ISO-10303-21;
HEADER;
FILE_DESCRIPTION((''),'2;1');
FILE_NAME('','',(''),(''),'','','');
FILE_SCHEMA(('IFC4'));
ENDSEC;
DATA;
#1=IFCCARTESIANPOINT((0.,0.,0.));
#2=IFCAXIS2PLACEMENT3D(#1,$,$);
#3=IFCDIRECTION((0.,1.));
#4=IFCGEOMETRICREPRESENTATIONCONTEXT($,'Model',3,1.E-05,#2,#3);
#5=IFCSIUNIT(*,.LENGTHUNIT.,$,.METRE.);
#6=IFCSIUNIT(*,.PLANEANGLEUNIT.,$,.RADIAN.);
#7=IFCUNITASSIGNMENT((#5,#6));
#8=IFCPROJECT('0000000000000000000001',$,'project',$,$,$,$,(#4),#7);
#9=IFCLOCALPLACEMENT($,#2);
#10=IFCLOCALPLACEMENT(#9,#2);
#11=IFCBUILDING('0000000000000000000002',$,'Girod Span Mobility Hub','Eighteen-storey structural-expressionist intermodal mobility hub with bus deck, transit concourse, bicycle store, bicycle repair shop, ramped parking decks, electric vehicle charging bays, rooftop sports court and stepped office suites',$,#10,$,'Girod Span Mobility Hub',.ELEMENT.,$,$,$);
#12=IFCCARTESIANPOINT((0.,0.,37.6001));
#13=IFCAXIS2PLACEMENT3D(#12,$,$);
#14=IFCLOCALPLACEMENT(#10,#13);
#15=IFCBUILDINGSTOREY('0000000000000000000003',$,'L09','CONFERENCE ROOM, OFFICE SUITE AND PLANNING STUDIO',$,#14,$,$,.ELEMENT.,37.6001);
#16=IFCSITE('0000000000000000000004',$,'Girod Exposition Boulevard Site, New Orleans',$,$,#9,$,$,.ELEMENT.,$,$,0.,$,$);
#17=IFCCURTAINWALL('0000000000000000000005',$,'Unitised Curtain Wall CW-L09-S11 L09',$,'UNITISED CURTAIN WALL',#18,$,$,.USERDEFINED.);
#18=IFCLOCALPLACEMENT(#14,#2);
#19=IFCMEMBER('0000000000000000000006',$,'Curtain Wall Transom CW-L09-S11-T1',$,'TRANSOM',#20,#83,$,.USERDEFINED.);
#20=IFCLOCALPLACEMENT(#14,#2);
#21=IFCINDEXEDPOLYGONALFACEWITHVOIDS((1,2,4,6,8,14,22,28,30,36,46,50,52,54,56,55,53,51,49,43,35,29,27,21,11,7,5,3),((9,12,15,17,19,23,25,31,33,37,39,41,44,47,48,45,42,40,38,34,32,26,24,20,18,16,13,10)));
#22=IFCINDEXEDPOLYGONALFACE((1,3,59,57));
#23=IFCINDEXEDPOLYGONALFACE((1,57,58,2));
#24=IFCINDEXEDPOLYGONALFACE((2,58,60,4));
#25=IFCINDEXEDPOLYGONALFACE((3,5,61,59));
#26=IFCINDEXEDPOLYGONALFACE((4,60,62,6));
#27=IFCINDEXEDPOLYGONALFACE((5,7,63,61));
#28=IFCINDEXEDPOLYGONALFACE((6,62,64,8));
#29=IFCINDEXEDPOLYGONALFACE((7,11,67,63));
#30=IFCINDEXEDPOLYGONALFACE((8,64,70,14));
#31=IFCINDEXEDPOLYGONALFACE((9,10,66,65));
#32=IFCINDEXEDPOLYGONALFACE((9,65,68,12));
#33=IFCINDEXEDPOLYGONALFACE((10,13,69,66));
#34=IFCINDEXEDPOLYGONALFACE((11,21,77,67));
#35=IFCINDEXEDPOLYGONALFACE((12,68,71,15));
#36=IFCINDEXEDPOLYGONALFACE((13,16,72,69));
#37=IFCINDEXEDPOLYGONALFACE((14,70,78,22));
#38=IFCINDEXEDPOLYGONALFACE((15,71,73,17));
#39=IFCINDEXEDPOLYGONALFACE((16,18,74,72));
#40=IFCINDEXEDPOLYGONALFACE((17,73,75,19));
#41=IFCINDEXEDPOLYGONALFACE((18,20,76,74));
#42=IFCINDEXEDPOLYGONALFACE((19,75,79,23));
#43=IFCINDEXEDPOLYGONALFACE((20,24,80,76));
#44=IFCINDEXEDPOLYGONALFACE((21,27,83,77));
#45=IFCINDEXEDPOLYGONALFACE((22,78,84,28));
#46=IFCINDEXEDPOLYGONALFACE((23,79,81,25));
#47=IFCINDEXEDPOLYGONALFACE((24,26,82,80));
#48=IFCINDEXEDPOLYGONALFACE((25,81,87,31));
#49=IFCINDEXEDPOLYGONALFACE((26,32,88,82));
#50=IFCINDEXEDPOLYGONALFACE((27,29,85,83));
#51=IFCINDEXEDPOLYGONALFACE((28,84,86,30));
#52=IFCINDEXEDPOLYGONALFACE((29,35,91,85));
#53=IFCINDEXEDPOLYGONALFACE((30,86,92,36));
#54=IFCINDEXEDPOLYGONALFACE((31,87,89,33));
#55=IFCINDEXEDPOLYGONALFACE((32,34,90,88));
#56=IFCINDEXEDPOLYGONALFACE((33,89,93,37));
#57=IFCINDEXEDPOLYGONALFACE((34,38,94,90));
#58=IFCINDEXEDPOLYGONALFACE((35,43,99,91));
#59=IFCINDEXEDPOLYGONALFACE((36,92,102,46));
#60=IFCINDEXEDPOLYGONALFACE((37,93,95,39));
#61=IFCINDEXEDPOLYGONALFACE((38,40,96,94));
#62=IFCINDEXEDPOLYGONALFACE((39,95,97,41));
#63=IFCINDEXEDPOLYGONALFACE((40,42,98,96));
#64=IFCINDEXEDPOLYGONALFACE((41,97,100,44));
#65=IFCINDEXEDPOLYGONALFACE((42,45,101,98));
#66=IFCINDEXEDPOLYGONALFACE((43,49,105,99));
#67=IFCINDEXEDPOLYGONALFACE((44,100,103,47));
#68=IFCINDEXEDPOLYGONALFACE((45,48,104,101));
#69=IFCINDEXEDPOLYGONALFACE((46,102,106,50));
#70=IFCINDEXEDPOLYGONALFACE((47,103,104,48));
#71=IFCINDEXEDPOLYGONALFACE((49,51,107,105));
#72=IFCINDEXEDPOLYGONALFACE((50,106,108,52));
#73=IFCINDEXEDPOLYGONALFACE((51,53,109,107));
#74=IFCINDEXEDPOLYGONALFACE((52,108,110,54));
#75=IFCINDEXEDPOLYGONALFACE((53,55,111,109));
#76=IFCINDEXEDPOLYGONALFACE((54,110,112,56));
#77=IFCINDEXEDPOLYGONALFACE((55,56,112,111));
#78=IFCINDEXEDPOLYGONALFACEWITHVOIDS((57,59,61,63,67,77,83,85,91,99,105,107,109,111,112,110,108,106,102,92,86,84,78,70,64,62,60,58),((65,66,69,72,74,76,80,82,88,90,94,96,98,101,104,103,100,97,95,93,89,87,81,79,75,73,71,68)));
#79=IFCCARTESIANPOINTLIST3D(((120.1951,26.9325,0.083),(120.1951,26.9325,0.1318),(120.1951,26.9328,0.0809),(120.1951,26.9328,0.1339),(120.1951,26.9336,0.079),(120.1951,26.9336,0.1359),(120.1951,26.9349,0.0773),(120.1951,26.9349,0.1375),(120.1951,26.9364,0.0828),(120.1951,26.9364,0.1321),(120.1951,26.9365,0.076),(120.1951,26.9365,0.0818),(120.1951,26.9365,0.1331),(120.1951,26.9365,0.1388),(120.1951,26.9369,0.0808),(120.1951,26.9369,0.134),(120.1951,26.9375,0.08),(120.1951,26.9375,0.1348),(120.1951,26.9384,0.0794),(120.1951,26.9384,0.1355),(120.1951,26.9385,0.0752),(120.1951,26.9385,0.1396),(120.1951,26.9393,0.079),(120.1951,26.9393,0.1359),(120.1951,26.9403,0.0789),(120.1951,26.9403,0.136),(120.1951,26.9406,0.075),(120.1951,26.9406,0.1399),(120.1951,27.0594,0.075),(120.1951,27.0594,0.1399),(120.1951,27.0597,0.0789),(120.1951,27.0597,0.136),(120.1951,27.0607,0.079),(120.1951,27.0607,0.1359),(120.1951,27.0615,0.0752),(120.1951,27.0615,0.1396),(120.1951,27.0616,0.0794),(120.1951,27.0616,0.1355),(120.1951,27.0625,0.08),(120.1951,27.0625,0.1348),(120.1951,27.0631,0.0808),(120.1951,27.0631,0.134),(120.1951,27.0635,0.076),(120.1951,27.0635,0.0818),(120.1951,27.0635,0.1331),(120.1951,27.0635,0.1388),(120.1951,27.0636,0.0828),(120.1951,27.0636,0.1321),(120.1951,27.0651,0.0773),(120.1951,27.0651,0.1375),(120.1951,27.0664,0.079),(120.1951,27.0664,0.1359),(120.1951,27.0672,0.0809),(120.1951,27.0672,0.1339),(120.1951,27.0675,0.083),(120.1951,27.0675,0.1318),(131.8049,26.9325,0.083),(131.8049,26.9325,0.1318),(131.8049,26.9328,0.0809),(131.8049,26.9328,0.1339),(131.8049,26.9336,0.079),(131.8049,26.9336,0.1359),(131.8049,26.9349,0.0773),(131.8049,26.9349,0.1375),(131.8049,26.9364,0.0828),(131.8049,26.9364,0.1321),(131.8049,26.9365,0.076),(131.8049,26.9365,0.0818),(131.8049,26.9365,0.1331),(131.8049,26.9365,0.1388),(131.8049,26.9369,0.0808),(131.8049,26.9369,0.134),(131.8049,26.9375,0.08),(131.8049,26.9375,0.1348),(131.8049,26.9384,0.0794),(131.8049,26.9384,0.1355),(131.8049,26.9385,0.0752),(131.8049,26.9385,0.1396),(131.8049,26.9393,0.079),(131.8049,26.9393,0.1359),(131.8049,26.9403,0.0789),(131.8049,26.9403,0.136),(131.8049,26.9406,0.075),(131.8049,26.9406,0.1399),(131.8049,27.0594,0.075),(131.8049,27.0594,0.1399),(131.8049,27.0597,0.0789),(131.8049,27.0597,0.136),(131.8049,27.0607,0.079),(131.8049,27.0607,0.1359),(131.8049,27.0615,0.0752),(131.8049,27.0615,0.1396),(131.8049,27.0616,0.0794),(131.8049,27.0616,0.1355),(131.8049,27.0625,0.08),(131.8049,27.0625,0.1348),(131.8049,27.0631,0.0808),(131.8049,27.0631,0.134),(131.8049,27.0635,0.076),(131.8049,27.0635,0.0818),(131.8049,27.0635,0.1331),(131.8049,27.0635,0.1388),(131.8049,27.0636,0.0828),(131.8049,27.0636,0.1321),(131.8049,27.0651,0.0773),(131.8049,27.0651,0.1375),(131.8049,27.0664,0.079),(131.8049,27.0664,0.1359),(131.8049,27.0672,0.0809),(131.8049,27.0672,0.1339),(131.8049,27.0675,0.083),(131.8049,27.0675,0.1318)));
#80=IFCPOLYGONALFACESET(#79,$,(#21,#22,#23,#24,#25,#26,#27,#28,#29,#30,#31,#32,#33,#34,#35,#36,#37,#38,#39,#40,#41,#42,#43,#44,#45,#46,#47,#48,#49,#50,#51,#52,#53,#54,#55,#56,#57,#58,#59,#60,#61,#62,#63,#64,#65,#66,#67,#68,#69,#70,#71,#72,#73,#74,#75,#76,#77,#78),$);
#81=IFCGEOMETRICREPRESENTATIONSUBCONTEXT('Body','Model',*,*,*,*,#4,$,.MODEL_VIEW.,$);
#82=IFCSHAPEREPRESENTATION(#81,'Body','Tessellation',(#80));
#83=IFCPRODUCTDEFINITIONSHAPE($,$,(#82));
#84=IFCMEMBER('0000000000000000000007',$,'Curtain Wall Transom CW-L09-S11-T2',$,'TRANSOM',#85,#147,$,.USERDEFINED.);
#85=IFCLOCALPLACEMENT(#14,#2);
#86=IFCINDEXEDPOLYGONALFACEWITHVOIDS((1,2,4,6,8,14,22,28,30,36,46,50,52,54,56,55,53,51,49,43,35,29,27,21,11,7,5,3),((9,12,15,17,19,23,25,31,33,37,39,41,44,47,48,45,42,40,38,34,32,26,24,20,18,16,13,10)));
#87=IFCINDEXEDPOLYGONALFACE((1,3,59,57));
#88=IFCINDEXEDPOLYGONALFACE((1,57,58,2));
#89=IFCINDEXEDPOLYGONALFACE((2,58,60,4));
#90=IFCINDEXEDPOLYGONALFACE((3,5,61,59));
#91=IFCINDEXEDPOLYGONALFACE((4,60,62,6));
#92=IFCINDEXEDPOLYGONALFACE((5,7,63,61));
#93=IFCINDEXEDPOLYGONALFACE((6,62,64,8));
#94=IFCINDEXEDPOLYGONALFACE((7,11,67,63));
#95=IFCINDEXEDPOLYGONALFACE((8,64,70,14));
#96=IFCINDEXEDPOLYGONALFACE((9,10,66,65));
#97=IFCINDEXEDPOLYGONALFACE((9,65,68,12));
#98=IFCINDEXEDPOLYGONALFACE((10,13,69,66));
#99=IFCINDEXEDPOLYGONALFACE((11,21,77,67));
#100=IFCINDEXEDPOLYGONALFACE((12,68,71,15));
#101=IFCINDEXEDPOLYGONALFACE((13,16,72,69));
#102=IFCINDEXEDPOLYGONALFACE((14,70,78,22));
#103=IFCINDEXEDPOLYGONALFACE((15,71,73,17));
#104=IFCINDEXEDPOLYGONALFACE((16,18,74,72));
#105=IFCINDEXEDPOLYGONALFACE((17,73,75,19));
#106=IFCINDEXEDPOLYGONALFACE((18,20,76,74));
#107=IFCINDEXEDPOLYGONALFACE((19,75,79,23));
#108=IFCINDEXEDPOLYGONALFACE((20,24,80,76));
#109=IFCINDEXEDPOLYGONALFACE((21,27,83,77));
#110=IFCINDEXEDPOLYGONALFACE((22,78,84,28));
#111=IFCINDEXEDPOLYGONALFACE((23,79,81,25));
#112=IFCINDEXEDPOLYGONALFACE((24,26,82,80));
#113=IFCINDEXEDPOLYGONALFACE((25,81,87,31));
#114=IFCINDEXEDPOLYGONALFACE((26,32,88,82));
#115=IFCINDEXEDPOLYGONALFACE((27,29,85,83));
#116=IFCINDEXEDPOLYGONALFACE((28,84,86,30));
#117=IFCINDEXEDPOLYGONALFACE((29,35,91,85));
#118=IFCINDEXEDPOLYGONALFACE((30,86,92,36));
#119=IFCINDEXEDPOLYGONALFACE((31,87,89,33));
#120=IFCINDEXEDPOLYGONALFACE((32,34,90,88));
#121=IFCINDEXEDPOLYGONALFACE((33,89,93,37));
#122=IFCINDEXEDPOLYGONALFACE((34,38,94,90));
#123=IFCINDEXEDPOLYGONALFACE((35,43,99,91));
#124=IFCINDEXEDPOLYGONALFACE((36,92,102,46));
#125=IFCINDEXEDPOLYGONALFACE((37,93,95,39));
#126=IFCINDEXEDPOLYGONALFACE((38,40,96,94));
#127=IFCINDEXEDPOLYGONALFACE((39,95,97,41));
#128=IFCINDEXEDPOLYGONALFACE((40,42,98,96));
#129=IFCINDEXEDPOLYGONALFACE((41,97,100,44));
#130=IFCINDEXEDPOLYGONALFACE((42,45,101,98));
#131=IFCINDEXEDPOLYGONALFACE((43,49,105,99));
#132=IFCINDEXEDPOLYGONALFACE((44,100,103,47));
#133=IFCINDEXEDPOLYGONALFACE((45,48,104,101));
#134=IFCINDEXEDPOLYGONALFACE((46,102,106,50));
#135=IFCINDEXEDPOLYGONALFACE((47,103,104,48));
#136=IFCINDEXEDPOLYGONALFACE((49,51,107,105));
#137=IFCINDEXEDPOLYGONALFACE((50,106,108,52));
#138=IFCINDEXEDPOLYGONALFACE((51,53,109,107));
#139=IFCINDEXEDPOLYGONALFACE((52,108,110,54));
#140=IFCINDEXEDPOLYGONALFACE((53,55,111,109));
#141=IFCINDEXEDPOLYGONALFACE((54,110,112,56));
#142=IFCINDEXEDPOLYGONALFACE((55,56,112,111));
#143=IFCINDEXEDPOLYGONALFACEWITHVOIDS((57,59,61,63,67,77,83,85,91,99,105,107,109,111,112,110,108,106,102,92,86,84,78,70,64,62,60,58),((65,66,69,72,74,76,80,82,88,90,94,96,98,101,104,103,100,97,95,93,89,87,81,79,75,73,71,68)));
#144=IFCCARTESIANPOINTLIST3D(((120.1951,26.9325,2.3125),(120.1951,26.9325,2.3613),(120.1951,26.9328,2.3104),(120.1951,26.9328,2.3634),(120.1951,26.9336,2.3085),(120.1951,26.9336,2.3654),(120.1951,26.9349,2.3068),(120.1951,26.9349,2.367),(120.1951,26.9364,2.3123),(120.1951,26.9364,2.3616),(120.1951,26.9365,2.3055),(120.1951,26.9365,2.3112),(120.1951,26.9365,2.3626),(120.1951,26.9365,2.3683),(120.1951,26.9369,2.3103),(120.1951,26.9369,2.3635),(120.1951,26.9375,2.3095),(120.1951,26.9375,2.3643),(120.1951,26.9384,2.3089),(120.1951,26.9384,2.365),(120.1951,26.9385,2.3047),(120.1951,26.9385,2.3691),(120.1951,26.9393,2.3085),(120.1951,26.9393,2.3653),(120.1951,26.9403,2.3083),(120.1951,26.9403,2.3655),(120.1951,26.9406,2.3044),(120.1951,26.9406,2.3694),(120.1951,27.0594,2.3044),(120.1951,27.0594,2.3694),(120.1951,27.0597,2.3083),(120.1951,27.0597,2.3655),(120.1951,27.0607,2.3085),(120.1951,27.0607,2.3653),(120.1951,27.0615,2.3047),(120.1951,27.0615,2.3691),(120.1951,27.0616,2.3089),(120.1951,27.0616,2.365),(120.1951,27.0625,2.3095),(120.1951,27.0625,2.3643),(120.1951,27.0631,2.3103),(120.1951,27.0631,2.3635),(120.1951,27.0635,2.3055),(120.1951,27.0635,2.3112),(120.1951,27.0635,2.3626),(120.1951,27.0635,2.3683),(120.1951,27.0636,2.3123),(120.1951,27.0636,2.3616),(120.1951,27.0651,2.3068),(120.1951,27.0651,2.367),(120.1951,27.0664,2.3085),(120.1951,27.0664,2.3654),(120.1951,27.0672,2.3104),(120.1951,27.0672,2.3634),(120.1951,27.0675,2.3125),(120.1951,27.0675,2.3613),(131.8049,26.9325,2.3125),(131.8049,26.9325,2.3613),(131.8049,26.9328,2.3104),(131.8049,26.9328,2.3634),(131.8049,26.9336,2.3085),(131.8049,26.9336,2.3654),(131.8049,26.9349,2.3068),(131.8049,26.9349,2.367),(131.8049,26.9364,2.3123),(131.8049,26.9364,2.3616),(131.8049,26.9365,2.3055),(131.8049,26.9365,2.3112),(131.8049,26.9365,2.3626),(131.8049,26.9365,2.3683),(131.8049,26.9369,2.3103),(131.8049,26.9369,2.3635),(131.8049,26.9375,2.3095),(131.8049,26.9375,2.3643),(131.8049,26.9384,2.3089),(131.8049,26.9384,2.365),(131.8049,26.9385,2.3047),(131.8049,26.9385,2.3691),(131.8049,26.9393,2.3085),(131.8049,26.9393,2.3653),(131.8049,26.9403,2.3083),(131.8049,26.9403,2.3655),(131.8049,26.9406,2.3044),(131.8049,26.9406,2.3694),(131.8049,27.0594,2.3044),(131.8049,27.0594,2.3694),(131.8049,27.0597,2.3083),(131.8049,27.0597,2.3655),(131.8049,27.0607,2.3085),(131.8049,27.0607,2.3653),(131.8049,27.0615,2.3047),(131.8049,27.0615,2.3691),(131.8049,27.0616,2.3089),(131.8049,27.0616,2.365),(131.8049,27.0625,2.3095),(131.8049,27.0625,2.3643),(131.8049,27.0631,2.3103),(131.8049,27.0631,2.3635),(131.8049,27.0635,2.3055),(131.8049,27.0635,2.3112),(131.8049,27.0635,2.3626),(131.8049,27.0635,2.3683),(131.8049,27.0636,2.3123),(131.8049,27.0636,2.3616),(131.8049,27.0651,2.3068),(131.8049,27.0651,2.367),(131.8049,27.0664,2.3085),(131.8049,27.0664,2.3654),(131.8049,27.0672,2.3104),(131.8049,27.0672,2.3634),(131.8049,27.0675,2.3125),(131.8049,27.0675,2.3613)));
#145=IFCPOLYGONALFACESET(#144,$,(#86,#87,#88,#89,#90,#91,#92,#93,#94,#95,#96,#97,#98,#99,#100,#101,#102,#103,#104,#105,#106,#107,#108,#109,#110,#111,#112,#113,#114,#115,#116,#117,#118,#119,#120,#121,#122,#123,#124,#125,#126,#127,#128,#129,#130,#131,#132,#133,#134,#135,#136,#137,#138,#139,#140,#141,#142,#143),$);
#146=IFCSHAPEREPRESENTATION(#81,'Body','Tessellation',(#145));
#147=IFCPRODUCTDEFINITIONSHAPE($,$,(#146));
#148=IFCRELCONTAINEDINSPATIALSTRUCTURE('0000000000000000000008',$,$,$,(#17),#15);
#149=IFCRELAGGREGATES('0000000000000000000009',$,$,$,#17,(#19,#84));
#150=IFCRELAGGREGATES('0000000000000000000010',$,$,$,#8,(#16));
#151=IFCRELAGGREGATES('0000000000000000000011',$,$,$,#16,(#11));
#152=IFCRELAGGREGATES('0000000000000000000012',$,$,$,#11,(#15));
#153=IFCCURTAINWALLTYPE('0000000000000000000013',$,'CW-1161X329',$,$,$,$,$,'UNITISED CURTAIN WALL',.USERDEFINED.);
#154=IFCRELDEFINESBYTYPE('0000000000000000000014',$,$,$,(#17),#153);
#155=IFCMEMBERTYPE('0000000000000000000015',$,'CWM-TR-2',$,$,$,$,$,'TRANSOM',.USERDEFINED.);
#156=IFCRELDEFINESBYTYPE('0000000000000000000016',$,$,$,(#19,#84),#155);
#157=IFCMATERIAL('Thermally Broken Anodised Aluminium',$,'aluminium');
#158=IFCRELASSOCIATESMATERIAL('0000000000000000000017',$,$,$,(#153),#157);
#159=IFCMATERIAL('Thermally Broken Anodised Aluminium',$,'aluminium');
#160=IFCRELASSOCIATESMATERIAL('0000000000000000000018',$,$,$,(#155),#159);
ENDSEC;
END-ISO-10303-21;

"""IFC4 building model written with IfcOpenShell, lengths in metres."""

from ifc_helpers import new_model, si_unit, direction, frame, origin, origin_2d, place, context, subcontext, project, spatial, hollow_rectangle, extrude, material, material_profile, profile_set, type_object, element, aggregate, save


model = new_model("IFC4")

# Units and contexts
model_context = context("Model", 3, precision=1e-05, world=origin(), true_north=direction((0.0, 1.0)))
body_context = subcontext(model_context, "Body", "Model", "MODEL_VIEW")
ifc_project = project(units=[si_unit("LENGTHUNIT", "METRE"), si_unit("PLANEANGLEUNIT", "RADIAN")], contexts=[model_context])

# Site, building, storey
site_placement = place(None, origin())
site = spatial("IfcSite", under=ifc_project, at=site_placement, Name="Girod Exposition Boulevard Site, New Orleans", CompositionType="ELEMENT", RefElevation=0.0)
building_placement = place(site_placement, origin())
building = spatial("IfcBuilding", under=site, at=building_placement, Name="Girod Span Mobility Hub", Description="Eighteen-storey structural-expressionist intermodal mobility hub with bus deck, transit concourse, bicycle store, bicycle repair shop, ramped parking decks, electric vehicle charging bays, rooftop sports court and stepped office suites", LongName="Girod Span Mobility Hub", CompositionType="ELEMENT")
storey_placement = place(building_placement, frame((0.0, 0.0, 37.6001)))
storey = spatial("IfcBuildingStorey", under=building, at=storey_placement, Name="L09", Description="CONFERENCE ROOM, OFFICE SUITE AND PLANNING STUDIO", CompositionType="ELEMENT", Elevation=37.6001)

# Curtain wall, members
ifc_material_1 = material(Name="Thermally Broken Anodised Aluminium", Category="aluminium")
curtain_wall_type = type_object("IfcCurtainWallType", Name="CW-1161X329", ElementType="UNITISED CURTAIN WALL", PredefinedType="USERDEFINED", material=ifc_material_1)
curtain_wall_1_placement = place(storey_placement, origin())
curtain_wall_1 = element("IfcCurtainWall", 1, at=curtain_wall_1_placement, inside=storey, type_object=curtain_wall_type, Name="Unitised Curtain Wall CW-L09-S11 L09", ObjectType="UNITISED CURTAIN WALL", PredefinedType="USERDEFINED")
ifc_material_2 = material(Name="Thermally Broken Anodised Aluminium", Category="aluminium")
ifc_material_profile_1 = material_profile(ifc_material_2, hollow_rectangle(XDim=0.135, YDim=0.0649, WallThickness=0.0039, InnerFilletRadius=0.0039, OuterFilletRadius=0.0081, at=origin_2d()), Name="CW-TR-65X135")
ifc_profile_set_1 = profile_set([ifc_material_profile_1], Name="Thermally Broken Anodised Aluminium")
member_type_1 = type_object("IfcMemberType", Name="CWM-TR-2", ElementType="TRANSOM", PredefinedType="USERDEFINED", material=ifc_profile_set_1)
member_1_placement = place(storey_placement, frame((120.1951, 27.0, 0.1074), z_axis=(1.0, 0.0, 0.0), x_axis=(0.0, 1.0, 0.0)))
member_1 = element("IfcMember", 2, at=member_1_placement, type_object=member_type_1, Name="Curtain Wall Transom CW-L09-S11-T1", ObjectType="TRANSOM", PredefinedType="USERDEFINED", context=body_context, shape_type="SweptSolid", body=[
    extrude(hollow_rectangle(XDim=0.135, YDim=0.0649, WallThickness=0.0039, InnerFilletRadius=0.0039, OuterFilletRadius=0.0081, at=origin_2d()), origin(), (0.0, 0.0, 1.0), 11.6099),
])
member_2_placement = place(storey_placement, frame((120.1951, 27.0, 2.3369), z_axis=(1.0, 0.0, 0.0), x_axis=(0.0, 1.0, 0.0)))
member_2 = element("IfcMember", 3, at=member_2_placement, type_object=member_type_1, Name="Curtain Wall Transom CW-L09-S11-T2", ObjectType="TRANSOM", PredefinedType="USERDEFINED", context=body_context, shape_type="SweptSolid", body=[
    extrude(hollow_rectangle(XDim=0.135, YDim=0.0649, WallThickness=0.0039, InnerFilletRadius=0.0039, OuterFilletRadius=0.0081, at=origin_2d()), origin(), (0.0, 0.0, 1.0), 11.6099),
])

aggregate(curtain_wall_1, [member_1, member_2])

save(model, "model.ifc")
